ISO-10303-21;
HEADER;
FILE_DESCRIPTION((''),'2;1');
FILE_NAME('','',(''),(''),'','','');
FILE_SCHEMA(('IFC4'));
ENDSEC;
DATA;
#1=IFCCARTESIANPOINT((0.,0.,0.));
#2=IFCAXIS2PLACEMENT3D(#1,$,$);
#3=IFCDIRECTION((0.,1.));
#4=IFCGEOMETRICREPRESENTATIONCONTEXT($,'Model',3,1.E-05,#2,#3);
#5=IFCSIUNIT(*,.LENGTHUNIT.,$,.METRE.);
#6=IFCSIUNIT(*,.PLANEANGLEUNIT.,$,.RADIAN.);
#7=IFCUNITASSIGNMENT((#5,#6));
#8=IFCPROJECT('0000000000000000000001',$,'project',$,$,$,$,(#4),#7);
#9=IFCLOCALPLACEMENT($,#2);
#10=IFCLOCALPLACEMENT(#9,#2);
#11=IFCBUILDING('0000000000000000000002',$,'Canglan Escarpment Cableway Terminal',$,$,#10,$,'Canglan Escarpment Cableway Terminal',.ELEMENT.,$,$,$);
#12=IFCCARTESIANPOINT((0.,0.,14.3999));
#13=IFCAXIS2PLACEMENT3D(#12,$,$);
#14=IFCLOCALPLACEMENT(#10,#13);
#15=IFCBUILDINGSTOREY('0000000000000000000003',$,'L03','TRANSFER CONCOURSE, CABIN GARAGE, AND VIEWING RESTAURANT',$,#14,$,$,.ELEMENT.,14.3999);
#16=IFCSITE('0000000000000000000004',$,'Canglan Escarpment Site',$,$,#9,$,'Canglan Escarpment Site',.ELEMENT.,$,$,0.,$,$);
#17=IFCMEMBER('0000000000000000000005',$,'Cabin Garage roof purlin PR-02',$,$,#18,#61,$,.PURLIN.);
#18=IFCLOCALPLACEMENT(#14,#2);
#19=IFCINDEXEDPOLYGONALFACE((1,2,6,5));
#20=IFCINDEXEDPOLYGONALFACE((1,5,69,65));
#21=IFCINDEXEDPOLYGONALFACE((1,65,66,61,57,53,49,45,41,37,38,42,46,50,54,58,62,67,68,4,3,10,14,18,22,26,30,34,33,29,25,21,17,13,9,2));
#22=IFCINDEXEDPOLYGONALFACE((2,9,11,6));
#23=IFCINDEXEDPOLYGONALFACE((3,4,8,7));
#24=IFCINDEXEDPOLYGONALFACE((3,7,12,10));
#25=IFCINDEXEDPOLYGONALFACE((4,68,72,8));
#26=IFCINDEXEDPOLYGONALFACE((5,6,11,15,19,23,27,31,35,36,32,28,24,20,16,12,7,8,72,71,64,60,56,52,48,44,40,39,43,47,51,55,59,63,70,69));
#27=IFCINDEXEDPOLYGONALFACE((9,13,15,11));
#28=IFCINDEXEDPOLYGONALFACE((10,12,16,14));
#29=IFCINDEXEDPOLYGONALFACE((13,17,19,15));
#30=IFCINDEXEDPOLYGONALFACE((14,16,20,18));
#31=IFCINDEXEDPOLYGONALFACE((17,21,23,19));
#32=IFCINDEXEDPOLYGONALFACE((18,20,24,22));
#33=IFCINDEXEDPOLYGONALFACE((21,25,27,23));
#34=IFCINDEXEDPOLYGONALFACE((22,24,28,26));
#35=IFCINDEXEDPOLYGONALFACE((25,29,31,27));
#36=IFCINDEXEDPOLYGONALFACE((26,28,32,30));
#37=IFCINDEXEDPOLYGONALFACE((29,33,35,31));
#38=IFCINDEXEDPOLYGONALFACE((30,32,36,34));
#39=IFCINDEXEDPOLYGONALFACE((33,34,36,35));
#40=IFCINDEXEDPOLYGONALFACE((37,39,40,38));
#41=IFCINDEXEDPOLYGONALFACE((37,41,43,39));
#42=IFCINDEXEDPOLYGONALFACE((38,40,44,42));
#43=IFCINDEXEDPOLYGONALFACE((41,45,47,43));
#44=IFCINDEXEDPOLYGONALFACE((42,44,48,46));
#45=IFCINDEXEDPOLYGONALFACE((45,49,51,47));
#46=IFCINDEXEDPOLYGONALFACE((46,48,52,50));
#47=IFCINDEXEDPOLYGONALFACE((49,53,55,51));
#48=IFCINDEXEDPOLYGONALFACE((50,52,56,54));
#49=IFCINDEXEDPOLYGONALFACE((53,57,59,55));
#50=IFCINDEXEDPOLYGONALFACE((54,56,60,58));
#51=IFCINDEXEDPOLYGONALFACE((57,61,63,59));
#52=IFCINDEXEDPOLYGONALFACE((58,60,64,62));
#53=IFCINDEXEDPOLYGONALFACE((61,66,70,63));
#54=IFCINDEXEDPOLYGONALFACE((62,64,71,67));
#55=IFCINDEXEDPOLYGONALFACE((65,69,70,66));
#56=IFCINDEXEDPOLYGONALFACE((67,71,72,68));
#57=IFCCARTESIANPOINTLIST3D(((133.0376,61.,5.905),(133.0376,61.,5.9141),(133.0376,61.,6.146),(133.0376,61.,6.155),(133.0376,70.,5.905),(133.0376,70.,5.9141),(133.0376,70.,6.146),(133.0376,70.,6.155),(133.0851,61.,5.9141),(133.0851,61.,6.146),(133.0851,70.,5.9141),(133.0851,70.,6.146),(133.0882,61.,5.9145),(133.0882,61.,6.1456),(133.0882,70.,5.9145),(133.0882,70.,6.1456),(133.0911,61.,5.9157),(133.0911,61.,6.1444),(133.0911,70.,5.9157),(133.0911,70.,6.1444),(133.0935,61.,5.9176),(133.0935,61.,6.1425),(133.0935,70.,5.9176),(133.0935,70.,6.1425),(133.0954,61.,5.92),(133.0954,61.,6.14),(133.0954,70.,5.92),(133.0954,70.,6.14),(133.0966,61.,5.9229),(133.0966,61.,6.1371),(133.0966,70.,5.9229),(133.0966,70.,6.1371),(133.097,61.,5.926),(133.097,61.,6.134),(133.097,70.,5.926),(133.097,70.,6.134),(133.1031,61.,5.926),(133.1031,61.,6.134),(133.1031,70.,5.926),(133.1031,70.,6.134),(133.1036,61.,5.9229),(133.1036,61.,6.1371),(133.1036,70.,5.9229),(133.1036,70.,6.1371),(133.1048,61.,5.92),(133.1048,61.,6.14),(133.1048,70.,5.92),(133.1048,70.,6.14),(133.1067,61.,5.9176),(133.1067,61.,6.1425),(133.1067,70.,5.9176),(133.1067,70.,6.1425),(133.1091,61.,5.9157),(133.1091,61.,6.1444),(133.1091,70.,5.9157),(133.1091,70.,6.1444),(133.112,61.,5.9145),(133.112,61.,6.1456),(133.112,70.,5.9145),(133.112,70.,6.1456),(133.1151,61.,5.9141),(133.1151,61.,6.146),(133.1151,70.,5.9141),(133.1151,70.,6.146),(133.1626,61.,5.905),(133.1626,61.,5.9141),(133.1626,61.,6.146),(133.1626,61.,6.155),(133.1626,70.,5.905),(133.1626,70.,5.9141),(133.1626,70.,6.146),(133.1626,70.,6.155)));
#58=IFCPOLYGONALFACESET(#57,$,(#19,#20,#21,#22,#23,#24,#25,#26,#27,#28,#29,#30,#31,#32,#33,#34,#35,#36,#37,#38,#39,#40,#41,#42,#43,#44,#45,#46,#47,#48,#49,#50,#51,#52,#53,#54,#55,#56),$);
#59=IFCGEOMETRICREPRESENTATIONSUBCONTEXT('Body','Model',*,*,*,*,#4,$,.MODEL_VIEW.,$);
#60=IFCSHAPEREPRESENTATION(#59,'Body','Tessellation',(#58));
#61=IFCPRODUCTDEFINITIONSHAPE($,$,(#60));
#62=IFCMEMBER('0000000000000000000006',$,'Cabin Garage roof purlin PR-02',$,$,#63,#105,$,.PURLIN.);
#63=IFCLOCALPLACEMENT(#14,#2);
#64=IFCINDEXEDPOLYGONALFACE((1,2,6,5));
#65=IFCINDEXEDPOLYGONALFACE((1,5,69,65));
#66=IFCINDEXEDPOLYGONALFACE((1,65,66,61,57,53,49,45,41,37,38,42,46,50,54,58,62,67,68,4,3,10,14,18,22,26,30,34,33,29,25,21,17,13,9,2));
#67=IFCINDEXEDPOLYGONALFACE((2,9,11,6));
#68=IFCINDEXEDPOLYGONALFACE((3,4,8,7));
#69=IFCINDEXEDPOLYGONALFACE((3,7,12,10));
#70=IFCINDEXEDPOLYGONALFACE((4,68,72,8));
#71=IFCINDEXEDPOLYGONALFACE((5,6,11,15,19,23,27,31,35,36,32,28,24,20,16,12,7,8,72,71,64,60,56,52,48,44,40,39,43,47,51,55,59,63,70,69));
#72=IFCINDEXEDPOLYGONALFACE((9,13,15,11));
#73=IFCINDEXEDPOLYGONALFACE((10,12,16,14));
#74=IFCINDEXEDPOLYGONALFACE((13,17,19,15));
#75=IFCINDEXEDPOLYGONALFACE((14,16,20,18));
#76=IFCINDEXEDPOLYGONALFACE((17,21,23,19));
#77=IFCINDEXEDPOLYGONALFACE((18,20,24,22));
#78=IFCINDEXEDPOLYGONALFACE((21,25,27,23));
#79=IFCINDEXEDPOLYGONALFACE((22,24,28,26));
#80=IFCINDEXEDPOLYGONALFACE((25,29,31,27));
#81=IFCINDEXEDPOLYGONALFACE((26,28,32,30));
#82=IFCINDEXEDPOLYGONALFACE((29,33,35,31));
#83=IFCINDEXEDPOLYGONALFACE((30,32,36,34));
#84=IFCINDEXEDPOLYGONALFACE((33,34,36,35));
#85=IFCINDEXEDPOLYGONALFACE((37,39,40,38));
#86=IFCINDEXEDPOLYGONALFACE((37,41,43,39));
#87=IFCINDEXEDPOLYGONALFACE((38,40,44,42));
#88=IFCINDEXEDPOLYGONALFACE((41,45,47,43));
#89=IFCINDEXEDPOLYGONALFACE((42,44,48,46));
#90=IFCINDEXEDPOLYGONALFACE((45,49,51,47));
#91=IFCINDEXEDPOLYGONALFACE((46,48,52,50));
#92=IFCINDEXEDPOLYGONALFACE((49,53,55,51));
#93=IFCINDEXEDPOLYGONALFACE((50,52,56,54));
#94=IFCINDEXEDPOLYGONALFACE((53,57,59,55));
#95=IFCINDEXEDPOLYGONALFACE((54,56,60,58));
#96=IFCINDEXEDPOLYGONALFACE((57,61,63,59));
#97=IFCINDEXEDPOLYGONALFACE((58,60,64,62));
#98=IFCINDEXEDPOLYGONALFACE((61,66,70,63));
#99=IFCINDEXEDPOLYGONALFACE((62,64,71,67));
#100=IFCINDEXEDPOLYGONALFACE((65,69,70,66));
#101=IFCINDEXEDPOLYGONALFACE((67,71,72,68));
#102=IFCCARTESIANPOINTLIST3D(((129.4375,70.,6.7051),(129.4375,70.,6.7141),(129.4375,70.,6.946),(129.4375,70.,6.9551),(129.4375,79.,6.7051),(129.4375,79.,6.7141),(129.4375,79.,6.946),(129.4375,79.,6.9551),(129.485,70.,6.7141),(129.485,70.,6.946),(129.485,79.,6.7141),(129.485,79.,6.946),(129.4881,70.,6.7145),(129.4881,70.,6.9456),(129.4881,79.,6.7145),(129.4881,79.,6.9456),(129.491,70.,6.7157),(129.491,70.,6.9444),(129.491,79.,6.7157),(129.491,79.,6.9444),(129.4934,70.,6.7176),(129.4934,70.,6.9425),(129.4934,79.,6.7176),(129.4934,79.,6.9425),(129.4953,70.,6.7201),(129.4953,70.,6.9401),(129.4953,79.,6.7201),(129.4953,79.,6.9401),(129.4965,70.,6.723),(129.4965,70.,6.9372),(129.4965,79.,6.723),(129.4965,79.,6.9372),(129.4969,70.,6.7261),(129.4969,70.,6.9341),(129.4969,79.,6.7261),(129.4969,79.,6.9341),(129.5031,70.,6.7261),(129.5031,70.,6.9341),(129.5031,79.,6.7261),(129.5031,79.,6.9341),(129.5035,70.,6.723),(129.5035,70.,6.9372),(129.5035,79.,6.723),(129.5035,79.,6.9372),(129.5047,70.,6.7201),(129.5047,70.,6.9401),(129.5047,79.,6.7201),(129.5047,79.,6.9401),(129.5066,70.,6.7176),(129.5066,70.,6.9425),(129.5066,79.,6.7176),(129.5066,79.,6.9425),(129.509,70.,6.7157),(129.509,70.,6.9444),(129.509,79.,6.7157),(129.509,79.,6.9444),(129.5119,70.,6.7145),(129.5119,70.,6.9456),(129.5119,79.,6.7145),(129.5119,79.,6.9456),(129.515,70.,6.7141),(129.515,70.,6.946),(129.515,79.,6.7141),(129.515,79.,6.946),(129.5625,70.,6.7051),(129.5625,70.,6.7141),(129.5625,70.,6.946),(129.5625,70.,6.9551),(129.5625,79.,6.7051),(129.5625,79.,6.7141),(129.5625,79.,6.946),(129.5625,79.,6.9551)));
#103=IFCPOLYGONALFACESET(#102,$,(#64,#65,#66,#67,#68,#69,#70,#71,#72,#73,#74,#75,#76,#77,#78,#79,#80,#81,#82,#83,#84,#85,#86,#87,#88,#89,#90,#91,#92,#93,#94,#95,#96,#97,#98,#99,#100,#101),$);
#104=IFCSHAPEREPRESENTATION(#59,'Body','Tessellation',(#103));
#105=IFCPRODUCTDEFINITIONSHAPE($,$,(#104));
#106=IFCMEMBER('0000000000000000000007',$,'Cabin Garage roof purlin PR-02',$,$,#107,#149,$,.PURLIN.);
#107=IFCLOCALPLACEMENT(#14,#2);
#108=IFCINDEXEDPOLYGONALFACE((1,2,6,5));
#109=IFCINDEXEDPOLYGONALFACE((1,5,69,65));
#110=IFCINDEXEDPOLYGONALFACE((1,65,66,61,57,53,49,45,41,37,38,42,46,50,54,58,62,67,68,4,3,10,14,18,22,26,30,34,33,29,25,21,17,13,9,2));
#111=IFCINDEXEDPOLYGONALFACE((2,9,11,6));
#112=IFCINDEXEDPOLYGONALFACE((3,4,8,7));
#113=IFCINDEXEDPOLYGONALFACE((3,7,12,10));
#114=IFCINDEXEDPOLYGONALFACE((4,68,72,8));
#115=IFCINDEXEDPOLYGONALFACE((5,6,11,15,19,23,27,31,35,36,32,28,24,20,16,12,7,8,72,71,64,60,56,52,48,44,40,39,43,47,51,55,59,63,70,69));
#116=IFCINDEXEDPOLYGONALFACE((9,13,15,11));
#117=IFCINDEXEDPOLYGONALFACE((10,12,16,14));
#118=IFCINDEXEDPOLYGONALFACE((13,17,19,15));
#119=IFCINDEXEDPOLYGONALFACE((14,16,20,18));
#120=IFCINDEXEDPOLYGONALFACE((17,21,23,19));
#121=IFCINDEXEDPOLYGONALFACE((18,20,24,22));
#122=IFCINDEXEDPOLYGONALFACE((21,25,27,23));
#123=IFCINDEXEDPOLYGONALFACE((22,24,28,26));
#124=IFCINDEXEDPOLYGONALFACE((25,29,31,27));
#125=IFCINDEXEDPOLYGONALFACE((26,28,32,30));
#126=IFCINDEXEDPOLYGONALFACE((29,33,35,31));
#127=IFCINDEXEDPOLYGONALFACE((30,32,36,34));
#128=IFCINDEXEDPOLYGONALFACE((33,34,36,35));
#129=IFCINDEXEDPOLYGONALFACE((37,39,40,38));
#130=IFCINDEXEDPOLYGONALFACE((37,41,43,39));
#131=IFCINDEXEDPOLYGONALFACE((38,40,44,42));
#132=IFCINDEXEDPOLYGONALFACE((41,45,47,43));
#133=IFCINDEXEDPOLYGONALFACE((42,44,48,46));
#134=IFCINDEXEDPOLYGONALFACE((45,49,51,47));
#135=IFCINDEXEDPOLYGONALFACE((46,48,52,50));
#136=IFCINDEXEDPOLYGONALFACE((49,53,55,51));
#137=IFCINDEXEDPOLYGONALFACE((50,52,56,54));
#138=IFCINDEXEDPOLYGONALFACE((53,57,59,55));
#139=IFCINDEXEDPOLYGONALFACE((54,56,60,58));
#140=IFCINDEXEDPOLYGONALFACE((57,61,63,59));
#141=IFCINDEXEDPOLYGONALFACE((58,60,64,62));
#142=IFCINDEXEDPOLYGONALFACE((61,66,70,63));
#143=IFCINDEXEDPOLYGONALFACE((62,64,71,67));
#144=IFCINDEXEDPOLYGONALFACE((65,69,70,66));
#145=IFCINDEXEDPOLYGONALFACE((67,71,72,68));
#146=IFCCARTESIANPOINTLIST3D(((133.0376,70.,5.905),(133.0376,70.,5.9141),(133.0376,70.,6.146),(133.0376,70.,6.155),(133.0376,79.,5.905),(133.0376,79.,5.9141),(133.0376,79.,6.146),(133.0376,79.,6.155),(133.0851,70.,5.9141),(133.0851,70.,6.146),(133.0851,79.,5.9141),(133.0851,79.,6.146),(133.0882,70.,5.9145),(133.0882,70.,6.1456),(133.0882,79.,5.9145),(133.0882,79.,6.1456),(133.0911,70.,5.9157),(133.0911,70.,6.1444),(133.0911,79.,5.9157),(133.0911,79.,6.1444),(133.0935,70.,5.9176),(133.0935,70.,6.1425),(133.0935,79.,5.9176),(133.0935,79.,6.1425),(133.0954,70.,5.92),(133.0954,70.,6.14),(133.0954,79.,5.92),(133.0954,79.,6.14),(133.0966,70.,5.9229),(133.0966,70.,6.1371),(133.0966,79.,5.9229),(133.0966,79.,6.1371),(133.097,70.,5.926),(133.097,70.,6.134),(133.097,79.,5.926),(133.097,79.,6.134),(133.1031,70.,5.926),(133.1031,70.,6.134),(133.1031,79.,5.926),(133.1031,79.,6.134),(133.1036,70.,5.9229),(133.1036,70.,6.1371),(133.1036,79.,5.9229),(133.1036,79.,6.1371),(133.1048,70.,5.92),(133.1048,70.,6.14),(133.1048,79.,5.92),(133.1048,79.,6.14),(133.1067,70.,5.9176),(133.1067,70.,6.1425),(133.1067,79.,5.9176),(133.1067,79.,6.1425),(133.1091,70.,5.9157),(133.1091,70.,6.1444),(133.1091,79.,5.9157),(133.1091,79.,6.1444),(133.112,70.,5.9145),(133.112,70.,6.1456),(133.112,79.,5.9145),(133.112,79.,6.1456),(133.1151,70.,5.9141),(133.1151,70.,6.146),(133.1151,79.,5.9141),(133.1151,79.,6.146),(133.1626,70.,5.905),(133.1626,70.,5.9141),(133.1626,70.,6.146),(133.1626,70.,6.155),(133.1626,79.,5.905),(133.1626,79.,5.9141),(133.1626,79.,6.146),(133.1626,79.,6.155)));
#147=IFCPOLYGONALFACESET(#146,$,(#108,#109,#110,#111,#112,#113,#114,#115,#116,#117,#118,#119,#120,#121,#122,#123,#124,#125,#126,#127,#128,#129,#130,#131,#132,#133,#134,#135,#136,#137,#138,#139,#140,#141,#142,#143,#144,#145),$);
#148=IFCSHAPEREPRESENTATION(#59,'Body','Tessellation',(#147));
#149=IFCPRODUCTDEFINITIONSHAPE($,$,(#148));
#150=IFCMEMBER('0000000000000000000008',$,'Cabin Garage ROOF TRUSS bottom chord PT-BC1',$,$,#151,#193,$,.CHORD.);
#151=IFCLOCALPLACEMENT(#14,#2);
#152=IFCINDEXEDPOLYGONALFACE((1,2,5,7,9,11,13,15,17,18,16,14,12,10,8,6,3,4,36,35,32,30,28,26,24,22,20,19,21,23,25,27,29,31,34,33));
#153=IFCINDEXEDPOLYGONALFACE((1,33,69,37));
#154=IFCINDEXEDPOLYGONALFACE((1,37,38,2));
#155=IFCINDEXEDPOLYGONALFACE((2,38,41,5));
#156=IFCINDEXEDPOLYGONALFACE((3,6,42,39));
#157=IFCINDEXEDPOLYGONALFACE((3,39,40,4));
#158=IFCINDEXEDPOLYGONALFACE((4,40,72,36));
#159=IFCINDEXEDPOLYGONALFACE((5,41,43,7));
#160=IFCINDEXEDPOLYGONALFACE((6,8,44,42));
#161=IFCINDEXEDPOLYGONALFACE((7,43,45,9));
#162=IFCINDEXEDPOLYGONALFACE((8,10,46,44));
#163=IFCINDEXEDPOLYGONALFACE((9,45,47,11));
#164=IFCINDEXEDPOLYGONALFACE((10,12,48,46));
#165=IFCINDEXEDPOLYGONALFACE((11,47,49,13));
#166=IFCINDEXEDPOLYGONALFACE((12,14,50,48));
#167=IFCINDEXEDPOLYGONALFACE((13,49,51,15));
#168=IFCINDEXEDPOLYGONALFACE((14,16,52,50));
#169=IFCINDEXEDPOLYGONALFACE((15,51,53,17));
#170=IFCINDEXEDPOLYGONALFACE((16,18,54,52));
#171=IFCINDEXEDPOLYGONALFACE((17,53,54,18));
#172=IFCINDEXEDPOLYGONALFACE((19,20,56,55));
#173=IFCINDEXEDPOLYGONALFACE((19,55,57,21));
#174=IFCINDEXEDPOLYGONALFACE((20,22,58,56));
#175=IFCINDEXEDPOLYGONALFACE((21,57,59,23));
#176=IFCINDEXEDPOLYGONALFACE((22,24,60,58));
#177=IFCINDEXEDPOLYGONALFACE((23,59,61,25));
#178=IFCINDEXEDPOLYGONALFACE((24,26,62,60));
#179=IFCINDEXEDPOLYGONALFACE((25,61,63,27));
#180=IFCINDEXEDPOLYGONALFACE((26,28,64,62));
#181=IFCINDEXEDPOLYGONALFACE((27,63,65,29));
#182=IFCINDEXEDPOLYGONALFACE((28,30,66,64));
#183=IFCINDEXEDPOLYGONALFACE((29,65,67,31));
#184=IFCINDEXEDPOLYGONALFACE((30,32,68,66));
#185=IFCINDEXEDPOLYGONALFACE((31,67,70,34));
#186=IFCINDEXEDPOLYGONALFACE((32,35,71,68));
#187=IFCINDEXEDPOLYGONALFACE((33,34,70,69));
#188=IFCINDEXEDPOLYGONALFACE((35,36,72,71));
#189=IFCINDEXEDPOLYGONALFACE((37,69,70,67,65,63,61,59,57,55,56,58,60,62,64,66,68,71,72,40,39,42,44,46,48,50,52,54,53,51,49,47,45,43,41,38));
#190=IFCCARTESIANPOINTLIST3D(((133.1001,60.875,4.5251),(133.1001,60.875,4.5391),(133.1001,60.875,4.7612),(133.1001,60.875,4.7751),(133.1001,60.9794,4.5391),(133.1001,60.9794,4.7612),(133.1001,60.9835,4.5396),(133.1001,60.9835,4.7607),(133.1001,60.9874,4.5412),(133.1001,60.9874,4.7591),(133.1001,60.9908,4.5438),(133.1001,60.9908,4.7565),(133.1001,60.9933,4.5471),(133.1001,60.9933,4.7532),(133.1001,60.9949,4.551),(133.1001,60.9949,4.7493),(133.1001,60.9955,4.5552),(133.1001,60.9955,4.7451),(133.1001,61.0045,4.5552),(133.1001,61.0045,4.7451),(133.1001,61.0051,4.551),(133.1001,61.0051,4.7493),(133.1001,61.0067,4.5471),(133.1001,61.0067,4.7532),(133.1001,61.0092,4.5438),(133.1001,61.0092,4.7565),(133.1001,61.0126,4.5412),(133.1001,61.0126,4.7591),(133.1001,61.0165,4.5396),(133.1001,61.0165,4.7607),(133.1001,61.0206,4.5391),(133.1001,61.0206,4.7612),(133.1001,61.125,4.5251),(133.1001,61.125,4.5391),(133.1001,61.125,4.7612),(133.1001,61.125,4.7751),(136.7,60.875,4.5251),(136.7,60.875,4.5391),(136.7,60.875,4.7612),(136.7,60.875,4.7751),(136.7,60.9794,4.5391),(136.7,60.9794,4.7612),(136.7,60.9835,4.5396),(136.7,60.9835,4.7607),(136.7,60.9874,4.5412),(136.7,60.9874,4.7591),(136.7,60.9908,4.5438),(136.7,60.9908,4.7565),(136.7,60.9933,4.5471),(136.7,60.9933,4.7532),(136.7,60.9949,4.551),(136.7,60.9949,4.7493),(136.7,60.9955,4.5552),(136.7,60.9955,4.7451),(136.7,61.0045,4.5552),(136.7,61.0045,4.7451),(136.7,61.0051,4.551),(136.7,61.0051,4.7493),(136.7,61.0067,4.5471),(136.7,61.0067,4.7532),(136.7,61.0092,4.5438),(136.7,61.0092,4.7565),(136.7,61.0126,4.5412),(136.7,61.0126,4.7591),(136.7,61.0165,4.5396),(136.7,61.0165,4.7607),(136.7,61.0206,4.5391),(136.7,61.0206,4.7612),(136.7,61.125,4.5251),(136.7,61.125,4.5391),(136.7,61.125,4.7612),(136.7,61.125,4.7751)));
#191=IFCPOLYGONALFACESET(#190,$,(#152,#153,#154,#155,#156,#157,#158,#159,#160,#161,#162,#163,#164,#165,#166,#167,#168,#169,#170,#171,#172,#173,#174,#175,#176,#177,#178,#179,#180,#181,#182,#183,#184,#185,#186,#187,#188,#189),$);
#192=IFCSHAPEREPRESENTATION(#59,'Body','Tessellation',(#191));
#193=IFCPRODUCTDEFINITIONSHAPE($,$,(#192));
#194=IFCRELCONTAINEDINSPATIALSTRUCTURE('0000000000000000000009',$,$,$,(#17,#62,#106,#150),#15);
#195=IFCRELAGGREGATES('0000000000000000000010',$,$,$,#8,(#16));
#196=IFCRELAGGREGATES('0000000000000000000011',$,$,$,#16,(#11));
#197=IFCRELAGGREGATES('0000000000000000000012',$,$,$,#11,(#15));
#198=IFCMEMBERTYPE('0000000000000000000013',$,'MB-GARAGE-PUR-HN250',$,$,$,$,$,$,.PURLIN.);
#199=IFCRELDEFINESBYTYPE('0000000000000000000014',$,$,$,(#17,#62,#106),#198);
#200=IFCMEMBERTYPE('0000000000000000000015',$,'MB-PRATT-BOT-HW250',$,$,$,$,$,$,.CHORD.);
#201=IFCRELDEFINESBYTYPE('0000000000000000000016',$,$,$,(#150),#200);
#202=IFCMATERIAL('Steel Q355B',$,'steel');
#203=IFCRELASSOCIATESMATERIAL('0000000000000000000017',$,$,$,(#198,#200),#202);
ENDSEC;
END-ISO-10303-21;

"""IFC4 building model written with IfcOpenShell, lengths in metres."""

from ifc_helpers import new_model, si_unit, direction, frame, origin, origin_2d, place, context, subcontext, project, spatial, i_section, extrude, material, material_profile, profile_set, type_object, element, save


model = new_model("IFC4")

# Units and contexts
model_context = context("Model", 3, precision=1e-05, world=origin(), true_north=direction((0.0, 1.0)))
body_context = subcontext(model_context, "Body", "Model", "MODEL_VIEW")
ifc_project = project(units=[si_unit("LENGTHUNIT", "METRE"), si_unit("PLANEANGLEUNIT", "RADIAN")], contexts=[model_context])

# Site, building, storey
site_placement = place(None, origin())
site = spatial("IfcSite", under=ifc_project, at=site_placement, Name="Canglan Escarpment Site", LongName="Canglan Escarpment Site", CompositionType="ELEMENT", RefElevation=0.0)
building_placement = place(site_placement, origin())
building = spatial("IfcBuilding", under=site, at=building_placement, Name="Canglan Escarpment Cableway Terminal", LongName="Canglan Escarpment Cableway Terminal", CompositionType="ELEMENT")
storey_placement = place(building_placement, frame((0.0, 0.0, 14.3999)))
storey = spatial("IfcBuildingStorey", under=building, at=storey_placement, Name="L03", Description="TRANSFER CONCOURSE, CABIN GARAGE, AND VIEWING RESTAURANT", CompositionType="ELEMENT", Elevation=14.3999)

# Shared definitions
ifc_material_1 = material(Name="Steel Q355B", Category="steel")

# Members
ifc_material_profile_1 = material_profile(ifc_material_1, i_section(OverallWidth=0.125, OverallDepth=0.25, WebThickness=0.0061, FlangeThickness=0.009, FilletRadius=0.012, at=origin_2d()), Name="HN 250x125x6x9")
ifc_profile_set_1 = profile_set([ifc_material_profile_1], Name="Steel Q355B")
member_type_1 = type_object("IfcMemberType", Name="MB-GARAGE-PUR-HN250", PredefinedType="PURLIN", material=ifc_profile_set_1)
for number, where, z_axis, x_axis, name in (
    (1, (133.1001, 61.0, 6.03), (0.0, 1.0, 0.0), (-1.0, 0.0, 0.0), "Cabin Garage roof purlin PR-02"),
    (2, (129.5, 70.0, 6.8301), (0.0, 1.0, 0.0), (-1.0, 0.0, 0.0), "Cabin Garage roof purlin PR-02"),
    (3, (133.1001, 70.0, 6.03), (0.0, 1.0, 0.0), (-1.0, 0.0, 0.0), "Cabin Garage roof purlin PR-02"),
):
    element("IfcMember", number, at=place(storey_placement, frame(where, z_axis=z_axis, x_axis=x_axis)), inside=storey, type_object=member_type_1, Name=name, PredefinedType="PURLIN", context=body_context, shape_type="SweptSolid", body=[
        extrude(i_section(OverallWidth=0.125, OverallDepth=0.25, WebThickness=0.0061, FlangeThickness=0.009, FilletRadius=0.012, at=origin_2d()), origin(), (0.0, 0.0, 1.0), 9.0),
    ])
ifc_material_profile_2 = material_profile(ifc_material_1, i_section(OverallWidth=0.25, OverallDepth=0.25, WebThickness=0.009, FlangeThickness=0.0139, FilletRadius=0.0161, at=origin_2d()), Name="HW 250x250x9x14")
ifc_profile_set_2 = profile_set([ifc_material_profile_2], Name="Steel Q355B")
member_type_2 = type_object("IfcMemberType", Name="MB-PRATT-BOT-HW250", PredefinedType="CHORD", material=ifc_profile_set_2)
member_1_placement = place(storey_placement, frame((133.1001, 61.0, 4.6501), z_axis=(1.0, 0.0, 0.0), x_axis=(0.0, 1.0, 0.0)))
element("IfcMember", 4, at=member_1_placement, inside=storey, type_object=member_type_2, Name="Cabin Garage ROOF TRUSS bottom chord PT-BC1", PredefinedType="CHORD", context=body_context, shape_type="SweptSolid", body=[
    extrude(i_section(OverallWidth=0.25, OverallDepth=0.25, WebThickness=0.009, FlangeThickness=0.0139, FilletRadius=0.0161, at=origin_2d()), origin(), (0.0, 0.0, 1.0), 3.5999),
])

save(model, "model.ifc")
